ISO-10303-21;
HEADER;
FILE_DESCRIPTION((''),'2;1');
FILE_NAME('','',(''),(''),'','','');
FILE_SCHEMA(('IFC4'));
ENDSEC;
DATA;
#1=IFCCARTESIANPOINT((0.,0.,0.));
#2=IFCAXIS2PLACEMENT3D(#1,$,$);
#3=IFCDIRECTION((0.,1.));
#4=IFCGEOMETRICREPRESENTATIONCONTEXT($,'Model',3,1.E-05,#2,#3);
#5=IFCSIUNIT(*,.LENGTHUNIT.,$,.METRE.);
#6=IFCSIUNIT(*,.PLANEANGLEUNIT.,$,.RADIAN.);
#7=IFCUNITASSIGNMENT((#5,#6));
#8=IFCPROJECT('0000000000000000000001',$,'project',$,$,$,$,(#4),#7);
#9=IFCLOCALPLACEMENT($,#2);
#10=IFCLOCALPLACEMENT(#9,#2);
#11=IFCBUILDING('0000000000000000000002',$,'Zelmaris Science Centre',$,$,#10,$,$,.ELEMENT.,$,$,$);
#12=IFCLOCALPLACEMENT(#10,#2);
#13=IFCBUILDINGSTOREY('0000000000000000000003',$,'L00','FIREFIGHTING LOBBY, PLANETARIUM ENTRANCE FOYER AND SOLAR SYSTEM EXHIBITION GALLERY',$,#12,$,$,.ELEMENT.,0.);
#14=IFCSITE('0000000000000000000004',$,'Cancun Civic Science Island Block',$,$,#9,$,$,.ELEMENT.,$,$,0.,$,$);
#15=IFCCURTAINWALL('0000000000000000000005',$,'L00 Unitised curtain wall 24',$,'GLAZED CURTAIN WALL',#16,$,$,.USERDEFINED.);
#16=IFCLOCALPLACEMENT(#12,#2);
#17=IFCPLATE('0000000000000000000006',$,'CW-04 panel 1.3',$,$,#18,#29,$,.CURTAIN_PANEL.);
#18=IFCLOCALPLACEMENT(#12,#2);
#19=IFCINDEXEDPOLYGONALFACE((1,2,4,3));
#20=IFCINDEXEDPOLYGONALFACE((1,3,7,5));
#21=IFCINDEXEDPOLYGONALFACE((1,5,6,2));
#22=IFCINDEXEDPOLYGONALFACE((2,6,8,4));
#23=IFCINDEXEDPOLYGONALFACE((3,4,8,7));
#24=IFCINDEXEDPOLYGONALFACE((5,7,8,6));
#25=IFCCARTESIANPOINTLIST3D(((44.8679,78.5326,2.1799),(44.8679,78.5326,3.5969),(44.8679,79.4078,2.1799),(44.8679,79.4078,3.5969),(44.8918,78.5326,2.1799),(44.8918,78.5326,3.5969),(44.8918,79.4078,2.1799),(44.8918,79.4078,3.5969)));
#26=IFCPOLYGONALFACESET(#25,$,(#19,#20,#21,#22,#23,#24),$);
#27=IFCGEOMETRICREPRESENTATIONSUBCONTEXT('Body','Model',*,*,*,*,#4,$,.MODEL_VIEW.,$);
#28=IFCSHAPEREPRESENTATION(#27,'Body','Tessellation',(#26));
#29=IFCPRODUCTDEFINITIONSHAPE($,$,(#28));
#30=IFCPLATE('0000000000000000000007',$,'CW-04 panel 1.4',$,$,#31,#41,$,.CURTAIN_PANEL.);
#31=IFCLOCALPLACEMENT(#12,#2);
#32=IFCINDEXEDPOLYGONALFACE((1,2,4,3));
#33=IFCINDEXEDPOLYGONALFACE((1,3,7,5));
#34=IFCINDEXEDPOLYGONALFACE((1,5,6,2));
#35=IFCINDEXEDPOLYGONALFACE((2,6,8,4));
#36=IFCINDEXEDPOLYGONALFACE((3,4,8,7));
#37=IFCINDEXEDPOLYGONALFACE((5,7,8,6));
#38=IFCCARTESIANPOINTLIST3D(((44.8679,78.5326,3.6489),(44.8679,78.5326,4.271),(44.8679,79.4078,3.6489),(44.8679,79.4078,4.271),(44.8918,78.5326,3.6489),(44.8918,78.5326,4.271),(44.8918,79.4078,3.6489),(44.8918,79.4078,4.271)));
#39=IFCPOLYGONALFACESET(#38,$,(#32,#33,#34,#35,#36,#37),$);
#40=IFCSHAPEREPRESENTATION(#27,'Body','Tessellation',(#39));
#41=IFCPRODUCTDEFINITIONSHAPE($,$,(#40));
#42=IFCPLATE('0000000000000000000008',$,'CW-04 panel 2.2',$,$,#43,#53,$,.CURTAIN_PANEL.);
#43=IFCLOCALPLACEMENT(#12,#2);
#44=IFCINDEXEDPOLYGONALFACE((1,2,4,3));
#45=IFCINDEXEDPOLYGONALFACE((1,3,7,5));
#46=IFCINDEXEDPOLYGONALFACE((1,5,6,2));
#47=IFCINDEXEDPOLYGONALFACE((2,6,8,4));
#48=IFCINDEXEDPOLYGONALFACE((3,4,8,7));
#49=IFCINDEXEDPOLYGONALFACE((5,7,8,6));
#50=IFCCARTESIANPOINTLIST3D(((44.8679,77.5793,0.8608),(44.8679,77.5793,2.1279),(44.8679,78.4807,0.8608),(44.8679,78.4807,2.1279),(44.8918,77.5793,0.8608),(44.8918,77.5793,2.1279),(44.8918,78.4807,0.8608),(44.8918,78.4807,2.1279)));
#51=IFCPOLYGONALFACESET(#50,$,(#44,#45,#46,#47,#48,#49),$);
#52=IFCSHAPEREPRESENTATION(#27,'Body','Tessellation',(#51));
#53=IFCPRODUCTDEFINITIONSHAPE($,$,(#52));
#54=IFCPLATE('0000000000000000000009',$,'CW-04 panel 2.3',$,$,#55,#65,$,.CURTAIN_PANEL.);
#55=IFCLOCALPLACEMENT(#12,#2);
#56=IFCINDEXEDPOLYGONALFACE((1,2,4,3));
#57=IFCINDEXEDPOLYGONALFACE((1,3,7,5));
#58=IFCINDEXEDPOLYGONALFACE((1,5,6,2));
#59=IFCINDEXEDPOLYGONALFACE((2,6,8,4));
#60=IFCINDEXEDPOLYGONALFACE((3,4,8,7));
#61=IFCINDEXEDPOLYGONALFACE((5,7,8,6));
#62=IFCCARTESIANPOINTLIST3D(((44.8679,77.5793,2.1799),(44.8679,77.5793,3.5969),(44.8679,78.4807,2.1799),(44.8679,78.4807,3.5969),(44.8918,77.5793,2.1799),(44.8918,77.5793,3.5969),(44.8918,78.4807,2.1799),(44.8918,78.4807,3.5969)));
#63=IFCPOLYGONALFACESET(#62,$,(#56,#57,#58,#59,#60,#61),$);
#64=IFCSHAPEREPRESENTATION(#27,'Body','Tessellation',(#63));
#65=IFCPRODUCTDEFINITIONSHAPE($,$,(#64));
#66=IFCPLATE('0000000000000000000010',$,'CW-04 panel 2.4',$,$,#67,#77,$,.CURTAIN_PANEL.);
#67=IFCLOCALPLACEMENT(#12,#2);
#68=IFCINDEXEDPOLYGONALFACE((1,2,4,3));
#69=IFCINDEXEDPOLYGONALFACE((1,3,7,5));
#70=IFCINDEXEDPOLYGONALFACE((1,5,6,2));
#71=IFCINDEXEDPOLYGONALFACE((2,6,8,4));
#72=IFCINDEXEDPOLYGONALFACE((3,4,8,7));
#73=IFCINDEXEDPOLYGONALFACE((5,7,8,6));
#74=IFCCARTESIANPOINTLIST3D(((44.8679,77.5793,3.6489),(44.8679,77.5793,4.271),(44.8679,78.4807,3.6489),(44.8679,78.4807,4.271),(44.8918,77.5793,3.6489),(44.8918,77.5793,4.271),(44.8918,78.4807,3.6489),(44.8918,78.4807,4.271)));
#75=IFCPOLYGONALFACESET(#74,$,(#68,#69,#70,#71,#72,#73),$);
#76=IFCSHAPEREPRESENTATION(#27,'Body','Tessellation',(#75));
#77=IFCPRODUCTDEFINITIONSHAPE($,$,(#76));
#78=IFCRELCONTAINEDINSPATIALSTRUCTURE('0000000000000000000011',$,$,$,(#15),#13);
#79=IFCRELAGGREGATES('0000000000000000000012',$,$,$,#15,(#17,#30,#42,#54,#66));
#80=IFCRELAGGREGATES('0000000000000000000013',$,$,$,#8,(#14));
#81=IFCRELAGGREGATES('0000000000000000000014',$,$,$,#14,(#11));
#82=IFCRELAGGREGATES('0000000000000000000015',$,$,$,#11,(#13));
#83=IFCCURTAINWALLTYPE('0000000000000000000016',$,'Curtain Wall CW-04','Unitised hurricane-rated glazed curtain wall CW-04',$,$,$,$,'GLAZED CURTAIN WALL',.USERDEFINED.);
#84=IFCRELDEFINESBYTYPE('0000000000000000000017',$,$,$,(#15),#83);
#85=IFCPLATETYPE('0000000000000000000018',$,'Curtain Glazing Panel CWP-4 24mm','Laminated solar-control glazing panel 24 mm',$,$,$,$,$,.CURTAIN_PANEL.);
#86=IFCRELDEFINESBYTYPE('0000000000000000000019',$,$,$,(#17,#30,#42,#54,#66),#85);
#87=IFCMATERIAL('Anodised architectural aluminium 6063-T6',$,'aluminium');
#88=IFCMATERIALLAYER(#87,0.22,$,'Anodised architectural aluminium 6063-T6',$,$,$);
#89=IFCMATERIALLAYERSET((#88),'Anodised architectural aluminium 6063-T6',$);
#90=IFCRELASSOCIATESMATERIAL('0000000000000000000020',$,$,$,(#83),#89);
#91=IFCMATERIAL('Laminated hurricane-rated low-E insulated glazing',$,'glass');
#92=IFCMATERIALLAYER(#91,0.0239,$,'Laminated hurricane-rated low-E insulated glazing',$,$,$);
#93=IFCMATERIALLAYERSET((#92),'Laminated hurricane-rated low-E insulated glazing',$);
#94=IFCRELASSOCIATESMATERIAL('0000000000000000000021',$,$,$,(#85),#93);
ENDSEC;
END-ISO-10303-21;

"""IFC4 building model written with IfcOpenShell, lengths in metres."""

from ifc_helpers import new_model, si_unit, direction, frame, origin, origin_2d, place, context, subcontext, project, spatial, rectangle, extrude, material, layer, layer_set, type_object, element, aggregate, save


model = new_model("IFC4")

# Units and contexts
model_context = context("Model", 3, precision=1e-05, world=origin(), true_north=direction((0.0, 1.0)))
body_context = subcontext(model_context, "Body", "Model", "MODEL_VIEW")
ifc_project = project(units=[si_unit("LENGTHUNIT", "METRE"), si_unit("PLANEANGLEUNIT", "RADIAN")], contexts=[model_context])

# Site, building, storey
site_placement = place(None, origin())
site = spatial("IfcSite", under=ifc_project, at=site_placement, Name="Cancun Civic Science Island Block", CompositionType="ELEMENT", RefElevation=0.0)
building_placement = place(site_placement, origin())
building = spatial("IfcBuilding", under=site, at=building_placement, Name="Zelmaris Science Centre", CompositionType="ELEMENT")
storey_placement = place(building_placement, origin())
storey = spatial("IfcBuildingStorey", under=building, at=storey_placement, Name="L00", Description="FIREFIGHTING LOBBY, PLANETARIUM ENTRANCE FOYER AND SOLAR SYSTEM EXHIBITION GALLERY", CompositionType="ELEMENT", Elevation=0.0)

# Curtain wall
ifc_material_1 = material(Name="Anodised architectural aluminium 6063-T6", Category="aluminium")
ifc_layer_1 = layer(ifc_material_1, 0.22, Name="Anodised architectural aluminium 6063-T6")
ifc_layer_set_1 = layer_set([ifc_layer_1], Name="Anodised architectural aluminium 6063-T6")
curtain_wall_type_1 = type_object("IfcCurtainWallType", Name="Curtain Wall CW-04", Description="Unitised hurricane-rated glazed curtain wall CW-04", ElementType="GLAZED CURTAIN WALL", PredefinedType="USERDEFINED", material=ifc_layer_set_1)
curtain_wall_1_placement = place(storey_placement, origin())
curtain_wall_1 = element("IfcCurtainWall", 1, at=curtain_wall_1_placement, inside=storey, type_object=curtain_wall_type_1, Name="L00 Unitised curtain wall 24", ObjectType="GLAZED CURTAIN WALL", PredefinedType="USERDEFINED")

# Plates
ifc_material_2 = material(Name="Laminated hurricane-rated low-E insulated glazing", Category="glass")
ifc_layer_2 = layer(ifc_material_2, 0.0239, Name="Laminated hurricane-rated low-E insulated glazing")
ifc_layer_set_2 = layer_set([ifc_layer_2], Name="Laminated hurricane-rated low-E insulated glazing")
plate_type_1 = type_object("IfcPlateType", Name="Curtain Glazing Panel CWP-4 24mm", Description="Laminated solar-control glazing panel 24 mm", PredefinedType="CURTAIN_PANEL", material=ifc_layer_set_2)
plate_1_placement = place(storey_placement, frame((44.8799, 78.9702, 2.1799), z_axis=(0.0, 0.0, 1.0), x_axis=(0.0, -1.0, 0.0)))
plate_1 = element("IfcPlate", 2, at=plate_1_placement, type_object=plate_type_1, Name="CW-04 panel 1.3", PredefinedType="CURTAIN_PANEL", context=body_context, shape_type="SweptSolid", body=[
    extrude(rectangle(XDim=0.8752, YDim=0.0239, at=origin_2d()), origin(), (0.0, 0.0, 1.0), 1.417),
])
plate_2_placement = place(storey_placement, frame((44.8799, 78.9702, 3.6489), z_axis=(0.0, 0.0, 1.0), x_axis=(0.0, -1.0, 0.0)))
plate_2 = element("IfcPlate", 3, at=plate_2_placement, type_object=plate_type_1, Name="CW-04 panel 1.4", PredefinedType="CURTAIN_PANEL", context=body_context, shape_type="SweptSolid", body=[
    extrude(rectangle(XDim=0.8752, YDim=0.0239, at=origin_2d()), origin(), (0.0, 0.0, 1.0), 0.6221),
])
plate_3_placement = place(storey_placement, frame((44.8799, 78.03, 0.8608), z_axis=(0.0, 0.0, 1.0), x_axis=(0.0, -1.0, 0.0)))
plate_3 = element("IfcPlate", 4, at=plate_3_placement, type_object=plate_type_1, Name="CW-04 panel 2.2", PredefinedType="CURTAIN_PANEL", context=body_context, shape_type="SweptSolid", body=[
    extrude(rectangle(XDim=0.9014, YDim=0.0239, at=origin_2d()), origin(), (0.0, 0.0, 1.0), 1.2671),
])
plate_4_placement = place(storey_placement, frame((44.8799, 78.03, 2.1799), z_axis=(0.0, 0.0, 1.0), x_axis=(0.0, -1.0, 0.0)))
plate_4 = element("IfcPlate", 5, at=plate_4_placement, type_object=plate_type_1, Name="CW-04 panel 2.3", PredefinedType="CURTAIN_PANEL", context=body_context, shape_type="SweptSolid", body=[
    extrude(rectangle(XDim=0.9014, YDim=0.0239, at=origin_2d()), origin(), (0.0, 0.0, 1.0), 1.417),
])
plate_5_placement = place(storey_placement, frame((44.8799, 78.03, 3.6489), z_axis=(0.0, 0.0, 1.0), x_axis=(0.0, -1.0, 0.0)))
plate_5 = element("IfcPlate", 6, at=plate_5_placement, type_object=plate_type_1, Name="CW-04 panel 2.4", PredefinedType="CURTAIN_PANEL", context=body_context, shape_type="SweptSolid", body=[
    extrude(rectangle(XDim=0.9014, YDim=0.0239, at=origin_2d()), origin(), (0.0, 0.0, 1.0), 0.6221),
])
aggregate(curtain_wall_1, [plate_1, plate_2, plate_3, plate_4, plate_5])

save(model, "model.ifc")
